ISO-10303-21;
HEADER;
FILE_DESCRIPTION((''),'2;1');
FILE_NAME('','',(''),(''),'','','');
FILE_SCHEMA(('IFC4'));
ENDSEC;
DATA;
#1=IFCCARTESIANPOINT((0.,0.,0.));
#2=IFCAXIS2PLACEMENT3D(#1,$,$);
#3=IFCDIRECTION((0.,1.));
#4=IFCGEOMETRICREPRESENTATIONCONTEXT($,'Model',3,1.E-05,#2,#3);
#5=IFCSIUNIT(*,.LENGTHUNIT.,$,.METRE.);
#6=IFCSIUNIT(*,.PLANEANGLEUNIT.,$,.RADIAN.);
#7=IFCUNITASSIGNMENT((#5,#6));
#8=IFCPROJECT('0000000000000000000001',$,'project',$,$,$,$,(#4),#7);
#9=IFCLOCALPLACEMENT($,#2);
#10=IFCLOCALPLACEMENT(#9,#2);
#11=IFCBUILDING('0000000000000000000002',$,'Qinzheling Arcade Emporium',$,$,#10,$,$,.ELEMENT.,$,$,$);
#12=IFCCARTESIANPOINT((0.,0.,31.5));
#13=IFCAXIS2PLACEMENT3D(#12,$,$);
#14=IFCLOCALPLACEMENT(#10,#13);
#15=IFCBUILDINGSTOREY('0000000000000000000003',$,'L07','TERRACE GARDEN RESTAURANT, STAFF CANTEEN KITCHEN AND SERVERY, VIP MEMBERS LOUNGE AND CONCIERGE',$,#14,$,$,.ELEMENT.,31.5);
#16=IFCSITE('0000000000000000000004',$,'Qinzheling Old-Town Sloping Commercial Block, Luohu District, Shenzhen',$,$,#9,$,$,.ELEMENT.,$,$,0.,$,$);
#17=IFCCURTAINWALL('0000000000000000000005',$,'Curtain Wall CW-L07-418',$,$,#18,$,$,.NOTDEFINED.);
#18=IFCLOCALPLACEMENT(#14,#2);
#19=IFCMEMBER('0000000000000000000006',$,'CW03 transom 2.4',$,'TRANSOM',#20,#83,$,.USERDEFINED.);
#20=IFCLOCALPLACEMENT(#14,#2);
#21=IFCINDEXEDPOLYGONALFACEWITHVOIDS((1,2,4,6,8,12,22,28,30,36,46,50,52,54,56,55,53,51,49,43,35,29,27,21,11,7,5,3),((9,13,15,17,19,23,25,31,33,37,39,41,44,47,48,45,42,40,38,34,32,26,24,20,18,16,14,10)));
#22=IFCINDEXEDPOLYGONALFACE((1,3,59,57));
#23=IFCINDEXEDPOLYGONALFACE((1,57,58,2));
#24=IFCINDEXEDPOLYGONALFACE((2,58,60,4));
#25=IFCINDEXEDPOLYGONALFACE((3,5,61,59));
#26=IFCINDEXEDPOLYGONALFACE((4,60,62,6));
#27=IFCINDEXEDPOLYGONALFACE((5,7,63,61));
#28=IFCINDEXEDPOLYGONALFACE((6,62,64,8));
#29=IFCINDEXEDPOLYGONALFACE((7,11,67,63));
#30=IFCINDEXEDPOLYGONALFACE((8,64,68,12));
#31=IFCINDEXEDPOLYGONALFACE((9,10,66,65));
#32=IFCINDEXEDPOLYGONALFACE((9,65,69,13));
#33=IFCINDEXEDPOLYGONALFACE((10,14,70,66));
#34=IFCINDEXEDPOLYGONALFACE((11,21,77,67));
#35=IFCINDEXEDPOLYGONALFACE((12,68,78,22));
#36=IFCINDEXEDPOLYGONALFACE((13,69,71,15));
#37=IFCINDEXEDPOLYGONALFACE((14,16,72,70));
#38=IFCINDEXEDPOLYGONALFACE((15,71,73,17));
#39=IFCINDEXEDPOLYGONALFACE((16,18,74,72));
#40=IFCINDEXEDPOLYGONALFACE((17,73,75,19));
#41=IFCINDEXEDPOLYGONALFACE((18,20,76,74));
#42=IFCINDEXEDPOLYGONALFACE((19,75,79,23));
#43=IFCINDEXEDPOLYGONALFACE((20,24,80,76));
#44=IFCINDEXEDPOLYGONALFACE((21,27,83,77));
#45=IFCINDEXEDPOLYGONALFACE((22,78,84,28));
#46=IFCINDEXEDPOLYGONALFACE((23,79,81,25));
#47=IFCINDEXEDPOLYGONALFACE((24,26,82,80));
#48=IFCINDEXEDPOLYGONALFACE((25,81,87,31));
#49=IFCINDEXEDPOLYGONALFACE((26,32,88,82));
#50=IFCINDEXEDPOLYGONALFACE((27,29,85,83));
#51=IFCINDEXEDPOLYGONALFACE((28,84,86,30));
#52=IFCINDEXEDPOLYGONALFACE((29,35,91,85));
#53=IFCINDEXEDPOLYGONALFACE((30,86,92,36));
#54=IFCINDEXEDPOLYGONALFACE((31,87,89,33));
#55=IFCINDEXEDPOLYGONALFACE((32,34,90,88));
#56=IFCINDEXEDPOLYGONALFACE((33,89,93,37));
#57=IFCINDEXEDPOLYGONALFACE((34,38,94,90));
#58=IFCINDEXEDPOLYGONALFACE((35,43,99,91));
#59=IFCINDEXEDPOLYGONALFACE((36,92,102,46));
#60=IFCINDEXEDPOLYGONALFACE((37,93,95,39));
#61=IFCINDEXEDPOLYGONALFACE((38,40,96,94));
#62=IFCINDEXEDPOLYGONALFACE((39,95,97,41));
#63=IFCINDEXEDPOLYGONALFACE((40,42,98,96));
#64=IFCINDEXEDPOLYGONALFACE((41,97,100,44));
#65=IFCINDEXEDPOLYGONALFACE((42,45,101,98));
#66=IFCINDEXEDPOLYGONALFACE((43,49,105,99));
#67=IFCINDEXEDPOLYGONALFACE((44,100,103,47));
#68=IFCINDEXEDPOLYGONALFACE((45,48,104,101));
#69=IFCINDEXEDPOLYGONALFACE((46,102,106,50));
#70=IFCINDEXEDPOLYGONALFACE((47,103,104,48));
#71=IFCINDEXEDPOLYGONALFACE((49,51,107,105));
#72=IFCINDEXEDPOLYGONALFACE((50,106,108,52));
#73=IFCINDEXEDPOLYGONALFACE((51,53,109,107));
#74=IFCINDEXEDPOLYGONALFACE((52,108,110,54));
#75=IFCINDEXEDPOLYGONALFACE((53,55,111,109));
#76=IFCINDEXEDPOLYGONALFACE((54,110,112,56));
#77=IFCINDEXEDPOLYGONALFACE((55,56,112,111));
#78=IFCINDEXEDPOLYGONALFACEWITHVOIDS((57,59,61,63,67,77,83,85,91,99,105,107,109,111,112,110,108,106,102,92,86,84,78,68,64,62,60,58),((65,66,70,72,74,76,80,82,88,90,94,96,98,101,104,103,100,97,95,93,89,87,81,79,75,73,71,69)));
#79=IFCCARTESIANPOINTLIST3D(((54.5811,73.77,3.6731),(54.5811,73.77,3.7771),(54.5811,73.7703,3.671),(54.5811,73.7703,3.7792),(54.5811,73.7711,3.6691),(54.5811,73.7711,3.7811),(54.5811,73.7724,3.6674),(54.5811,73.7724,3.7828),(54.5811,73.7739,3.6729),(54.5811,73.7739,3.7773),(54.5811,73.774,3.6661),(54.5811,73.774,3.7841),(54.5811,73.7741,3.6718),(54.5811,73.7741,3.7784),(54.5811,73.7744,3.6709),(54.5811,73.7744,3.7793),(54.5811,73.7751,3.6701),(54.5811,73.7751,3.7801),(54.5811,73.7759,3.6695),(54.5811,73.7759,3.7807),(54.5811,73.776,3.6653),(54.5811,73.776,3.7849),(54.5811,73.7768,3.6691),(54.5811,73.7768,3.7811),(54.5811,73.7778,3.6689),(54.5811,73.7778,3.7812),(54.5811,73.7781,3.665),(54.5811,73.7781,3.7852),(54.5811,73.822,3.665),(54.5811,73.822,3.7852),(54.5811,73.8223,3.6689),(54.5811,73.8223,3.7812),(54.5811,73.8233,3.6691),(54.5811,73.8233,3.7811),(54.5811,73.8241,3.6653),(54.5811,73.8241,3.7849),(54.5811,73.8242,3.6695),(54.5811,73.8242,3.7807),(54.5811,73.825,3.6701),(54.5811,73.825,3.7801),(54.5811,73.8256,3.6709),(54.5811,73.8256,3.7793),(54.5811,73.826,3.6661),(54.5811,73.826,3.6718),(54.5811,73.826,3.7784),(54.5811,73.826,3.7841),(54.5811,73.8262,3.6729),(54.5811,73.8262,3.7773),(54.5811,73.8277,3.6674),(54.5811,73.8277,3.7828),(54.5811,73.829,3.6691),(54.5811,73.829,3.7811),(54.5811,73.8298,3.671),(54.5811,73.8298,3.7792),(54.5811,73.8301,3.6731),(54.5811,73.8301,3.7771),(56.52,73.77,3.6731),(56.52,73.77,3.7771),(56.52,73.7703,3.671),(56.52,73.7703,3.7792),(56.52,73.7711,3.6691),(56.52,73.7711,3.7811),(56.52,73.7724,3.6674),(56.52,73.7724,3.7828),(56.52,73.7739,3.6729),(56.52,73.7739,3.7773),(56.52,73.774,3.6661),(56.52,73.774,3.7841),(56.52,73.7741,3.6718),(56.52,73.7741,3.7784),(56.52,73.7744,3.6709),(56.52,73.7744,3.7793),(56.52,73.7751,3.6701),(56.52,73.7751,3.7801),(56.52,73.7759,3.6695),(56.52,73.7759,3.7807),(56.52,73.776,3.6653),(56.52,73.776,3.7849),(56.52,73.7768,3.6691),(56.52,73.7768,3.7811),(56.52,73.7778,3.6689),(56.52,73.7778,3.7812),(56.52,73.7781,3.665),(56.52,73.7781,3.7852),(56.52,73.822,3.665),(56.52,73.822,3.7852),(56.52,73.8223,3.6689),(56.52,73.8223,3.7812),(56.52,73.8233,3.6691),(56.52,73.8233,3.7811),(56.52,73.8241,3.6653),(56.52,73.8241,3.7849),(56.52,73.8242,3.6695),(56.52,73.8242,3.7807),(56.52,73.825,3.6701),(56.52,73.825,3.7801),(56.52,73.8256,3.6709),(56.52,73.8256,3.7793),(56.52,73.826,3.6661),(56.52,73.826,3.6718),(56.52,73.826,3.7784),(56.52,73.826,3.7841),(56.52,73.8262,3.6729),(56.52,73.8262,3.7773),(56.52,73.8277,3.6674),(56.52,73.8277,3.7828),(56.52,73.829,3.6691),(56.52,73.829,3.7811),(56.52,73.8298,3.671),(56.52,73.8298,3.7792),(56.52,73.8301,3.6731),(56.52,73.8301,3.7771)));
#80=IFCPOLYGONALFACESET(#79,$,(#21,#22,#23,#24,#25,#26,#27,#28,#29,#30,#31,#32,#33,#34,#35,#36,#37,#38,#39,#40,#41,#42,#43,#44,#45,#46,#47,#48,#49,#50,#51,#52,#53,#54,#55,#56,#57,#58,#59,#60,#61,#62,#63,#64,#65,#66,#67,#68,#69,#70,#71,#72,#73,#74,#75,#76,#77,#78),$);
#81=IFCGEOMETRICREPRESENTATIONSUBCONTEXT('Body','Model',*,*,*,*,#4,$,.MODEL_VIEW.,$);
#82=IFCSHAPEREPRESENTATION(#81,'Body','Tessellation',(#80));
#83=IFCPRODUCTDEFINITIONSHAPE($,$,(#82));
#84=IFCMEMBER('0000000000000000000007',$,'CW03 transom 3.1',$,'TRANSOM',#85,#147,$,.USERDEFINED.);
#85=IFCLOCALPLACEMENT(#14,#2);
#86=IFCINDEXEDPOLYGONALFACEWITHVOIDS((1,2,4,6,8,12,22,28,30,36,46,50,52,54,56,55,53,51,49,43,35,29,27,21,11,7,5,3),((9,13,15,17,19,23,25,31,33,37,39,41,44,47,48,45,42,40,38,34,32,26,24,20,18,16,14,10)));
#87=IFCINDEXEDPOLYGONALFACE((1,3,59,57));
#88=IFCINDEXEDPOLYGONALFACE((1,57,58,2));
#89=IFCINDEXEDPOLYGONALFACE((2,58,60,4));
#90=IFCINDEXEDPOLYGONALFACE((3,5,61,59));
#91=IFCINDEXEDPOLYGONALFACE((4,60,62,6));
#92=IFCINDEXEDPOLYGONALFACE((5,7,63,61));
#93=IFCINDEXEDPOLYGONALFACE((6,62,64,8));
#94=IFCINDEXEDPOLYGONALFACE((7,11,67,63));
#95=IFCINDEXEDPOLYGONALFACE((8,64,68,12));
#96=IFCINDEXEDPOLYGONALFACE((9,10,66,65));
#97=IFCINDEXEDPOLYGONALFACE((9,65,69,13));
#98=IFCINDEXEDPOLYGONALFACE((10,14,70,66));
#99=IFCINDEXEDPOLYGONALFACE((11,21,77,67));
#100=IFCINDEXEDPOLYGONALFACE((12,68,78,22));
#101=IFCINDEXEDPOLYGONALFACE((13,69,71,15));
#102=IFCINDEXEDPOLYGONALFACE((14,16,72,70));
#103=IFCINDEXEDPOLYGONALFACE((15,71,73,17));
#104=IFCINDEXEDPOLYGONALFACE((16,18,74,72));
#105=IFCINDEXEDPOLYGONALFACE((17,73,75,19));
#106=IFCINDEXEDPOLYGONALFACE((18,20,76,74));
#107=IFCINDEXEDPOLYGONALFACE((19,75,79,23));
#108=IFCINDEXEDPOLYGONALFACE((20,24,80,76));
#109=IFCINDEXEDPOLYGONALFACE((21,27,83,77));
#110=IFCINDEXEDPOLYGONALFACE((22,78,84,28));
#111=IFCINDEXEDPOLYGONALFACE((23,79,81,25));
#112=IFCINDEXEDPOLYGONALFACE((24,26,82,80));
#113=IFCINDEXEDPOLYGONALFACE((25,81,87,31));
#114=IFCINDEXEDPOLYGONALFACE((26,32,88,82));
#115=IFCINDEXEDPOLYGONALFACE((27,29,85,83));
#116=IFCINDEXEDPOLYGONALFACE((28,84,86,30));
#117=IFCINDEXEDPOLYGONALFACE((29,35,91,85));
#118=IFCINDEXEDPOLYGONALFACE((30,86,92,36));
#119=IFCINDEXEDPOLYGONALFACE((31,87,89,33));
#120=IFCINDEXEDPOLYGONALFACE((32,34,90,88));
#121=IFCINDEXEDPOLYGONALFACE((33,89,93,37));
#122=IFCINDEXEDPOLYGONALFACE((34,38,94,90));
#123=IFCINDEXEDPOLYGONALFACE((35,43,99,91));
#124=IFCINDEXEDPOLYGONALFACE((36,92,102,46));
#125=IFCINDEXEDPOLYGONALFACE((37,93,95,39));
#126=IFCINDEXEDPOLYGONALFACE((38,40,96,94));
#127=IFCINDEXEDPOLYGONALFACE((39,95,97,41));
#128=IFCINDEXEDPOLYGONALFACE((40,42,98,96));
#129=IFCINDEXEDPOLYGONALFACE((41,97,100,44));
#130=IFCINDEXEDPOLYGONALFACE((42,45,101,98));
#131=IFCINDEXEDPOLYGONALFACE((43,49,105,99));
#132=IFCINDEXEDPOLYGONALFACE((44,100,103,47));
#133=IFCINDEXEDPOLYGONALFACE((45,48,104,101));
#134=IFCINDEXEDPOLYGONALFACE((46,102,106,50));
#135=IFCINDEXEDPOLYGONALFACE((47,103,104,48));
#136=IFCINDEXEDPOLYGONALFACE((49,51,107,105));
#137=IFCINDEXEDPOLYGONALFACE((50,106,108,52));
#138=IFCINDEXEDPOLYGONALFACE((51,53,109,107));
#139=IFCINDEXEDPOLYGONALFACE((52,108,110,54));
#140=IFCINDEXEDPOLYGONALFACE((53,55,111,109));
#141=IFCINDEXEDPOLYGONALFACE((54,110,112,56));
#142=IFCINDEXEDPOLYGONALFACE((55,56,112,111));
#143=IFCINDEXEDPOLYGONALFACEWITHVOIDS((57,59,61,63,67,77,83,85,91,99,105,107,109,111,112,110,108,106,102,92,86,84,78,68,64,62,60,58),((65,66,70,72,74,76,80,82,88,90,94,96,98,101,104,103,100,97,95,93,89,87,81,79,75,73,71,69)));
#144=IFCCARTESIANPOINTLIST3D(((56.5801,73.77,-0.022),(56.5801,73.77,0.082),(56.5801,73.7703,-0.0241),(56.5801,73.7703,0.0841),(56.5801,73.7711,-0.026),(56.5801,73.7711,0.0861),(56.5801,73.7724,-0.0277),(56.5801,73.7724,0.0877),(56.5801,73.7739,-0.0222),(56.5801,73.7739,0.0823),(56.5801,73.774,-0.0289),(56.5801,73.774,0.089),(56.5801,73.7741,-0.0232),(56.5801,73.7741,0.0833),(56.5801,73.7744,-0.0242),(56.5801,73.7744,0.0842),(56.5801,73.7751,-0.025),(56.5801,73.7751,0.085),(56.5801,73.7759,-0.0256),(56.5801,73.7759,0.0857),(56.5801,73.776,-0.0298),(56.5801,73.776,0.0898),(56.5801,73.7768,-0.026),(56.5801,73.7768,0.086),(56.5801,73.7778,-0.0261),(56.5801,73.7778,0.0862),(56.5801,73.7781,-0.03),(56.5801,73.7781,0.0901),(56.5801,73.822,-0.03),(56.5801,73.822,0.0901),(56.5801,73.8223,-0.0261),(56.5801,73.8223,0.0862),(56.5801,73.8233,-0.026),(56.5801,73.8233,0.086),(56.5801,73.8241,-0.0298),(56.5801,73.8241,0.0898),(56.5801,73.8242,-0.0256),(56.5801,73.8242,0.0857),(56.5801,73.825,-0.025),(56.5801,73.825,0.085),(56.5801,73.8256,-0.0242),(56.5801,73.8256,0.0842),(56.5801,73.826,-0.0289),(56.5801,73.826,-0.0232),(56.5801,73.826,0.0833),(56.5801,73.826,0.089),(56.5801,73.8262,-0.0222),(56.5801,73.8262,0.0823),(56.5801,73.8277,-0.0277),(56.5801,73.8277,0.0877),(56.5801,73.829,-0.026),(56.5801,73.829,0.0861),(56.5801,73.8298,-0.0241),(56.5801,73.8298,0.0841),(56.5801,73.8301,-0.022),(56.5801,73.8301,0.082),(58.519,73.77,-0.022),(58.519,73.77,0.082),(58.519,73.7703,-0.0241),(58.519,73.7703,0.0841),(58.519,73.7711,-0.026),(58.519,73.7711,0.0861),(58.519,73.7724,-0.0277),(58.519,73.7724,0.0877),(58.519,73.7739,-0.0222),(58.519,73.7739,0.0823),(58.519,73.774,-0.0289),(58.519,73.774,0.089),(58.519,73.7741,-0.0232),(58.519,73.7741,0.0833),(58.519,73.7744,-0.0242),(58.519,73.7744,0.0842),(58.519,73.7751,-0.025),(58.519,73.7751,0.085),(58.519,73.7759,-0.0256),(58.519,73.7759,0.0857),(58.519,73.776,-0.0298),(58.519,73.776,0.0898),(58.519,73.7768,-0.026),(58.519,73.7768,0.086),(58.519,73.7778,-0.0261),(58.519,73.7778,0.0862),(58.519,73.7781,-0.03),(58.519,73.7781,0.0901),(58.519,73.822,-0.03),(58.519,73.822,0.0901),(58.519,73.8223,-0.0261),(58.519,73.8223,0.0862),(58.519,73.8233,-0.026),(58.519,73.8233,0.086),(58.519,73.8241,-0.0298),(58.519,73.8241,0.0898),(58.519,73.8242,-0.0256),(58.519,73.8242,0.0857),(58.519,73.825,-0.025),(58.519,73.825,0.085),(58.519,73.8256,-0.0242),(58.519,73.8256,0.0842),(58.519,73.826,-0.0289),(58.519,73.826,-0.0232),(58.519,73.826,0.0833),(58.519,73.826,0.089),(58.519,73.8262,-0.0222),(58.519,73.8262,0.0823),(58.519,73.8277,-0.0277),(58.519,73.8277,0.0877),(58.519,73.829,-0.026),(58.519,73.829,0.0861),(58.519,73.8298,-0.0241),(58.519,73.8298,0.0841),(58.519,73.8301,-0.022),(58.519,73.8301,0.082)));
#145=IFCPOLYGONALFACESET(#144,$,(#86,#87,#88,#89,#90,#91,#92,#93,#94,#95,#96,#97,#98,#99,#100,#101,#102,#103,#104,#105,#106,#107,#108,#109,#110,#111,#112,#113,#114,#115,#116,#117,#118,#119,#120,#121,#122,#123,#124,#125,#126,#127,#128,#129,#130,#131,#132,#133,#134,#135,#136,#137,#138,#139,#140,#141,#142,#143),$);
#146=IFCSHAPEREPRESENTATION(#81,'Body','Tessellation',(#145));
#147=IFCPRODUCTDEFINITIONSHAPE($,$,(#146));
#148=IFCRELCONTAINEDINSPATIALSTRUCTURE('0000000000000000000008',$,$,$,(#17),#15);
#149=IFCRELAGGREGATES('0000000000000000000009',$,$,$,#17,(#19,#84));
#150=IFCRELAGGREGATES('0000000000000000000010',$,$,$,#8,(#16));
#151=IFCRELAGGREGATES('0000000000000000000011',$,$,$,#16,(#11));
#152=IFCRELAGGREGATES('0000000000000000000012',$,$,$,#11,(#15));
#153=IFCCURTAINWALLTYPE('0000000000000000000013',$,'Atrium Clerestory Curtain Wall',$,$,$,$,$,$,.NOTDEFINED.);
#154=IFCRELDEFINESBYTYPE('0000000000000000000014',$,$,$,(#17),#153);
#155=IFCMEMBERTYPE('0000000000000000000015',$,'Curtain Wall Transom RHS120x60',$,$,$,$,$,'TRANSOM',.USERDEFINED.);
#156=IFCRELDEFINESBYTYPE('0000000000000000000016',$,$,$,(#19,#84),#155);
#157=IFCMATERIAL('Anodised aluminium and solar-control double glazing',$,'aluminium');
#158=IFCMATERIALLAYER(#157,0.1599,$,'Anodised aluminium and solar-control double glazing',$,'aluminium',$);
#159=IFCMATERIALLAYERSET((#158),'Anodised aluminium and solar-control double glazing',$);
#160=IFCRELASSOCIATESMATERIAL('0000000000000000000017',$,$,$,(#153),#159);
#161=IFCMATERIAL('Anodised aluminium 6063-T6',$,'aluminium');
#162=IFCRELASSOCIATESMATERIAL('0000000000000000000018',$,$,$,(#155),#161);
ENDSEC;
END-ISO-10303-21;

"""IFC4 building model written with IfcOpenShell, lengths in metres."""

from ifc_helpers import new_model, si_unit, direction, frame, origin, origin_2d, place, context, subcontext, project, spatial, hollow_rectangle, extrude, material, layer, layer_set, material_profile, profile_set, type_object, element, aggregate, save


model = new_model("IFC4")

# Units and contexts
model_context = context("Model", 3, precision=1e-05, world=origin(), true_north=direction((0.0, 1.0)))
body_context = subcontext(model_context, "Body", "Model", "MODEL_VIEW")
ifc_project = project(units=[si_unit("LENGTHUNIT", "METRE"), si_unit("PLANEANGLEUNIT", "RADIAN")], contexts=[model_context])

# Site, building, storey
site_placement = place(None, origin())
site = spatial("IfcSite", under=ifc_project, at=site_placement, Name="Qinzheling Old-Town Sloping Commercial Block, Luohu District, Shenzhen", CompositionType="ELEMENT", RefElevation=0.0)
building_placement = place(site_placement, origin())
building = spatial("IfcBuilding", under=site, at=building_placement, Name="Qinzheling Arcade Emporium", CompositionType="ELEMENT")
storey_placement = place(building_placement, frame((0.0, 0.0, 31.5)))
storey = spatial("IfcBuildingStorey", under=building, at=storey_placement, Name="L07", Description="TERRACE GARDEN RESTAURANT, STAFF CANTEEN KITCHEN AND SERVERY, VIP MEMBERS LOUNGE AND CONCIERGE", CompositionType="ELEMENT", Elevation=31.5)

# Curtain wall, members
ifc_material_1 = material(Name="Anodised aluminium and solar-control double glazing", Category="aluminium")
ifc_layer_1 = layer(ifc_material_1, 0.1599, Name="Anodised aluminium and solar-control double glazing", Category="aluminium")
ifc_layer_set_1 = layer_set([ifc_layer_1], Name="Anodised aluminium and solar-control double glazing")
curtain_wall_type = type_object("IfcCurtainWallType", Name="Atrium Clerestory Curtain Wall", PredefinedType="NOTDEFINED", material=ifc_layer_set_1)
curtain_wall_placement = place(storey_placement, origin())
curtain_wall = element("IfcCurtainWall", 1, at=curtain_wall_placement, inside=storey, type_object=curtain_wall_type, Name="Curtain Wall CW-L07-418", PredefinedType="NOTDEFINED")
ifc_material_2 = material(Name="Anodised aluminium 6063-T6", Category="aluminium")
ifc_material_profile_1 = material_profile(ifc_material_2, hollow_rectangle(XDim=0.0601, YDim=0.1201, WallThickness=0.0039, InnerFilletRadius=0.0039, OuterFilletRadius=0.0081, at=origin_2d()), Name="RHS 120x60x4", Category="aluminium")
ifc_profile_set_1 = profile_set([ifc_material_profile_1], Name="Anodised aluminium 6063-T6")
member_type_1 = type_object("IfcMemberType", Name="Curtain Wall Transom RHS120x60", ElementType="TRANSOM", PredefinedType="USERDEFINED", material=ifc_profile_set_1)
member_1_placement = place(storey_placement, frame((54.5811, 73.8, 3.7251), z_axis=(1.0, 0.0, 0.0), x_axis=(0.0, 1.0, 0.0)))
member_1 = element("IfcMember", 2, at=member_1_placement, type_object=member_type_1, Name="CW03 transom 2.4", ObjectType="TRANSOM", PredefinedType="USERDEFINED", context=body_context, shape_type="SweptSolid", body=[
    extrude(hollow_rectangle(XDim=0.0601, YDim=0.1201, WallThickness=0.0039, InnerFilletRadius=0.0039, OuterFilletRadius=0.0081, at=origin_2d()), origin(), (0.0, 0.0, 1.0), 1.939),
])
member_2_placement = place(storey_placement, frame((56.5801, 73.8, 0.03), z_axis=(1.0, 0.0, 0.0), x_axis=(0.0, 1.0, 0.0)))
member_2 = element("IfcMember", 3, at=member_2_placement, type_object=member_type_1, Name="CW03 transom 3.1", ObjectType="TRANSOM", PredefinedType="USERDEFINED", context=body_context, shape_type="SweptSolid", body=[
    extrude(hollow_rectangle(XDim=0.0601, YDim=0.1201, WallThickness=0.0039, InnerFilletRadius=0.0039, OuterFilletRadius=0.0081, at=origin_2d()), origin(), (0.0, 0.0, 1.0), 1.939),
])

aggregate(curtain_wall, [member_1, member_2])

save(model, "model.ifc")
